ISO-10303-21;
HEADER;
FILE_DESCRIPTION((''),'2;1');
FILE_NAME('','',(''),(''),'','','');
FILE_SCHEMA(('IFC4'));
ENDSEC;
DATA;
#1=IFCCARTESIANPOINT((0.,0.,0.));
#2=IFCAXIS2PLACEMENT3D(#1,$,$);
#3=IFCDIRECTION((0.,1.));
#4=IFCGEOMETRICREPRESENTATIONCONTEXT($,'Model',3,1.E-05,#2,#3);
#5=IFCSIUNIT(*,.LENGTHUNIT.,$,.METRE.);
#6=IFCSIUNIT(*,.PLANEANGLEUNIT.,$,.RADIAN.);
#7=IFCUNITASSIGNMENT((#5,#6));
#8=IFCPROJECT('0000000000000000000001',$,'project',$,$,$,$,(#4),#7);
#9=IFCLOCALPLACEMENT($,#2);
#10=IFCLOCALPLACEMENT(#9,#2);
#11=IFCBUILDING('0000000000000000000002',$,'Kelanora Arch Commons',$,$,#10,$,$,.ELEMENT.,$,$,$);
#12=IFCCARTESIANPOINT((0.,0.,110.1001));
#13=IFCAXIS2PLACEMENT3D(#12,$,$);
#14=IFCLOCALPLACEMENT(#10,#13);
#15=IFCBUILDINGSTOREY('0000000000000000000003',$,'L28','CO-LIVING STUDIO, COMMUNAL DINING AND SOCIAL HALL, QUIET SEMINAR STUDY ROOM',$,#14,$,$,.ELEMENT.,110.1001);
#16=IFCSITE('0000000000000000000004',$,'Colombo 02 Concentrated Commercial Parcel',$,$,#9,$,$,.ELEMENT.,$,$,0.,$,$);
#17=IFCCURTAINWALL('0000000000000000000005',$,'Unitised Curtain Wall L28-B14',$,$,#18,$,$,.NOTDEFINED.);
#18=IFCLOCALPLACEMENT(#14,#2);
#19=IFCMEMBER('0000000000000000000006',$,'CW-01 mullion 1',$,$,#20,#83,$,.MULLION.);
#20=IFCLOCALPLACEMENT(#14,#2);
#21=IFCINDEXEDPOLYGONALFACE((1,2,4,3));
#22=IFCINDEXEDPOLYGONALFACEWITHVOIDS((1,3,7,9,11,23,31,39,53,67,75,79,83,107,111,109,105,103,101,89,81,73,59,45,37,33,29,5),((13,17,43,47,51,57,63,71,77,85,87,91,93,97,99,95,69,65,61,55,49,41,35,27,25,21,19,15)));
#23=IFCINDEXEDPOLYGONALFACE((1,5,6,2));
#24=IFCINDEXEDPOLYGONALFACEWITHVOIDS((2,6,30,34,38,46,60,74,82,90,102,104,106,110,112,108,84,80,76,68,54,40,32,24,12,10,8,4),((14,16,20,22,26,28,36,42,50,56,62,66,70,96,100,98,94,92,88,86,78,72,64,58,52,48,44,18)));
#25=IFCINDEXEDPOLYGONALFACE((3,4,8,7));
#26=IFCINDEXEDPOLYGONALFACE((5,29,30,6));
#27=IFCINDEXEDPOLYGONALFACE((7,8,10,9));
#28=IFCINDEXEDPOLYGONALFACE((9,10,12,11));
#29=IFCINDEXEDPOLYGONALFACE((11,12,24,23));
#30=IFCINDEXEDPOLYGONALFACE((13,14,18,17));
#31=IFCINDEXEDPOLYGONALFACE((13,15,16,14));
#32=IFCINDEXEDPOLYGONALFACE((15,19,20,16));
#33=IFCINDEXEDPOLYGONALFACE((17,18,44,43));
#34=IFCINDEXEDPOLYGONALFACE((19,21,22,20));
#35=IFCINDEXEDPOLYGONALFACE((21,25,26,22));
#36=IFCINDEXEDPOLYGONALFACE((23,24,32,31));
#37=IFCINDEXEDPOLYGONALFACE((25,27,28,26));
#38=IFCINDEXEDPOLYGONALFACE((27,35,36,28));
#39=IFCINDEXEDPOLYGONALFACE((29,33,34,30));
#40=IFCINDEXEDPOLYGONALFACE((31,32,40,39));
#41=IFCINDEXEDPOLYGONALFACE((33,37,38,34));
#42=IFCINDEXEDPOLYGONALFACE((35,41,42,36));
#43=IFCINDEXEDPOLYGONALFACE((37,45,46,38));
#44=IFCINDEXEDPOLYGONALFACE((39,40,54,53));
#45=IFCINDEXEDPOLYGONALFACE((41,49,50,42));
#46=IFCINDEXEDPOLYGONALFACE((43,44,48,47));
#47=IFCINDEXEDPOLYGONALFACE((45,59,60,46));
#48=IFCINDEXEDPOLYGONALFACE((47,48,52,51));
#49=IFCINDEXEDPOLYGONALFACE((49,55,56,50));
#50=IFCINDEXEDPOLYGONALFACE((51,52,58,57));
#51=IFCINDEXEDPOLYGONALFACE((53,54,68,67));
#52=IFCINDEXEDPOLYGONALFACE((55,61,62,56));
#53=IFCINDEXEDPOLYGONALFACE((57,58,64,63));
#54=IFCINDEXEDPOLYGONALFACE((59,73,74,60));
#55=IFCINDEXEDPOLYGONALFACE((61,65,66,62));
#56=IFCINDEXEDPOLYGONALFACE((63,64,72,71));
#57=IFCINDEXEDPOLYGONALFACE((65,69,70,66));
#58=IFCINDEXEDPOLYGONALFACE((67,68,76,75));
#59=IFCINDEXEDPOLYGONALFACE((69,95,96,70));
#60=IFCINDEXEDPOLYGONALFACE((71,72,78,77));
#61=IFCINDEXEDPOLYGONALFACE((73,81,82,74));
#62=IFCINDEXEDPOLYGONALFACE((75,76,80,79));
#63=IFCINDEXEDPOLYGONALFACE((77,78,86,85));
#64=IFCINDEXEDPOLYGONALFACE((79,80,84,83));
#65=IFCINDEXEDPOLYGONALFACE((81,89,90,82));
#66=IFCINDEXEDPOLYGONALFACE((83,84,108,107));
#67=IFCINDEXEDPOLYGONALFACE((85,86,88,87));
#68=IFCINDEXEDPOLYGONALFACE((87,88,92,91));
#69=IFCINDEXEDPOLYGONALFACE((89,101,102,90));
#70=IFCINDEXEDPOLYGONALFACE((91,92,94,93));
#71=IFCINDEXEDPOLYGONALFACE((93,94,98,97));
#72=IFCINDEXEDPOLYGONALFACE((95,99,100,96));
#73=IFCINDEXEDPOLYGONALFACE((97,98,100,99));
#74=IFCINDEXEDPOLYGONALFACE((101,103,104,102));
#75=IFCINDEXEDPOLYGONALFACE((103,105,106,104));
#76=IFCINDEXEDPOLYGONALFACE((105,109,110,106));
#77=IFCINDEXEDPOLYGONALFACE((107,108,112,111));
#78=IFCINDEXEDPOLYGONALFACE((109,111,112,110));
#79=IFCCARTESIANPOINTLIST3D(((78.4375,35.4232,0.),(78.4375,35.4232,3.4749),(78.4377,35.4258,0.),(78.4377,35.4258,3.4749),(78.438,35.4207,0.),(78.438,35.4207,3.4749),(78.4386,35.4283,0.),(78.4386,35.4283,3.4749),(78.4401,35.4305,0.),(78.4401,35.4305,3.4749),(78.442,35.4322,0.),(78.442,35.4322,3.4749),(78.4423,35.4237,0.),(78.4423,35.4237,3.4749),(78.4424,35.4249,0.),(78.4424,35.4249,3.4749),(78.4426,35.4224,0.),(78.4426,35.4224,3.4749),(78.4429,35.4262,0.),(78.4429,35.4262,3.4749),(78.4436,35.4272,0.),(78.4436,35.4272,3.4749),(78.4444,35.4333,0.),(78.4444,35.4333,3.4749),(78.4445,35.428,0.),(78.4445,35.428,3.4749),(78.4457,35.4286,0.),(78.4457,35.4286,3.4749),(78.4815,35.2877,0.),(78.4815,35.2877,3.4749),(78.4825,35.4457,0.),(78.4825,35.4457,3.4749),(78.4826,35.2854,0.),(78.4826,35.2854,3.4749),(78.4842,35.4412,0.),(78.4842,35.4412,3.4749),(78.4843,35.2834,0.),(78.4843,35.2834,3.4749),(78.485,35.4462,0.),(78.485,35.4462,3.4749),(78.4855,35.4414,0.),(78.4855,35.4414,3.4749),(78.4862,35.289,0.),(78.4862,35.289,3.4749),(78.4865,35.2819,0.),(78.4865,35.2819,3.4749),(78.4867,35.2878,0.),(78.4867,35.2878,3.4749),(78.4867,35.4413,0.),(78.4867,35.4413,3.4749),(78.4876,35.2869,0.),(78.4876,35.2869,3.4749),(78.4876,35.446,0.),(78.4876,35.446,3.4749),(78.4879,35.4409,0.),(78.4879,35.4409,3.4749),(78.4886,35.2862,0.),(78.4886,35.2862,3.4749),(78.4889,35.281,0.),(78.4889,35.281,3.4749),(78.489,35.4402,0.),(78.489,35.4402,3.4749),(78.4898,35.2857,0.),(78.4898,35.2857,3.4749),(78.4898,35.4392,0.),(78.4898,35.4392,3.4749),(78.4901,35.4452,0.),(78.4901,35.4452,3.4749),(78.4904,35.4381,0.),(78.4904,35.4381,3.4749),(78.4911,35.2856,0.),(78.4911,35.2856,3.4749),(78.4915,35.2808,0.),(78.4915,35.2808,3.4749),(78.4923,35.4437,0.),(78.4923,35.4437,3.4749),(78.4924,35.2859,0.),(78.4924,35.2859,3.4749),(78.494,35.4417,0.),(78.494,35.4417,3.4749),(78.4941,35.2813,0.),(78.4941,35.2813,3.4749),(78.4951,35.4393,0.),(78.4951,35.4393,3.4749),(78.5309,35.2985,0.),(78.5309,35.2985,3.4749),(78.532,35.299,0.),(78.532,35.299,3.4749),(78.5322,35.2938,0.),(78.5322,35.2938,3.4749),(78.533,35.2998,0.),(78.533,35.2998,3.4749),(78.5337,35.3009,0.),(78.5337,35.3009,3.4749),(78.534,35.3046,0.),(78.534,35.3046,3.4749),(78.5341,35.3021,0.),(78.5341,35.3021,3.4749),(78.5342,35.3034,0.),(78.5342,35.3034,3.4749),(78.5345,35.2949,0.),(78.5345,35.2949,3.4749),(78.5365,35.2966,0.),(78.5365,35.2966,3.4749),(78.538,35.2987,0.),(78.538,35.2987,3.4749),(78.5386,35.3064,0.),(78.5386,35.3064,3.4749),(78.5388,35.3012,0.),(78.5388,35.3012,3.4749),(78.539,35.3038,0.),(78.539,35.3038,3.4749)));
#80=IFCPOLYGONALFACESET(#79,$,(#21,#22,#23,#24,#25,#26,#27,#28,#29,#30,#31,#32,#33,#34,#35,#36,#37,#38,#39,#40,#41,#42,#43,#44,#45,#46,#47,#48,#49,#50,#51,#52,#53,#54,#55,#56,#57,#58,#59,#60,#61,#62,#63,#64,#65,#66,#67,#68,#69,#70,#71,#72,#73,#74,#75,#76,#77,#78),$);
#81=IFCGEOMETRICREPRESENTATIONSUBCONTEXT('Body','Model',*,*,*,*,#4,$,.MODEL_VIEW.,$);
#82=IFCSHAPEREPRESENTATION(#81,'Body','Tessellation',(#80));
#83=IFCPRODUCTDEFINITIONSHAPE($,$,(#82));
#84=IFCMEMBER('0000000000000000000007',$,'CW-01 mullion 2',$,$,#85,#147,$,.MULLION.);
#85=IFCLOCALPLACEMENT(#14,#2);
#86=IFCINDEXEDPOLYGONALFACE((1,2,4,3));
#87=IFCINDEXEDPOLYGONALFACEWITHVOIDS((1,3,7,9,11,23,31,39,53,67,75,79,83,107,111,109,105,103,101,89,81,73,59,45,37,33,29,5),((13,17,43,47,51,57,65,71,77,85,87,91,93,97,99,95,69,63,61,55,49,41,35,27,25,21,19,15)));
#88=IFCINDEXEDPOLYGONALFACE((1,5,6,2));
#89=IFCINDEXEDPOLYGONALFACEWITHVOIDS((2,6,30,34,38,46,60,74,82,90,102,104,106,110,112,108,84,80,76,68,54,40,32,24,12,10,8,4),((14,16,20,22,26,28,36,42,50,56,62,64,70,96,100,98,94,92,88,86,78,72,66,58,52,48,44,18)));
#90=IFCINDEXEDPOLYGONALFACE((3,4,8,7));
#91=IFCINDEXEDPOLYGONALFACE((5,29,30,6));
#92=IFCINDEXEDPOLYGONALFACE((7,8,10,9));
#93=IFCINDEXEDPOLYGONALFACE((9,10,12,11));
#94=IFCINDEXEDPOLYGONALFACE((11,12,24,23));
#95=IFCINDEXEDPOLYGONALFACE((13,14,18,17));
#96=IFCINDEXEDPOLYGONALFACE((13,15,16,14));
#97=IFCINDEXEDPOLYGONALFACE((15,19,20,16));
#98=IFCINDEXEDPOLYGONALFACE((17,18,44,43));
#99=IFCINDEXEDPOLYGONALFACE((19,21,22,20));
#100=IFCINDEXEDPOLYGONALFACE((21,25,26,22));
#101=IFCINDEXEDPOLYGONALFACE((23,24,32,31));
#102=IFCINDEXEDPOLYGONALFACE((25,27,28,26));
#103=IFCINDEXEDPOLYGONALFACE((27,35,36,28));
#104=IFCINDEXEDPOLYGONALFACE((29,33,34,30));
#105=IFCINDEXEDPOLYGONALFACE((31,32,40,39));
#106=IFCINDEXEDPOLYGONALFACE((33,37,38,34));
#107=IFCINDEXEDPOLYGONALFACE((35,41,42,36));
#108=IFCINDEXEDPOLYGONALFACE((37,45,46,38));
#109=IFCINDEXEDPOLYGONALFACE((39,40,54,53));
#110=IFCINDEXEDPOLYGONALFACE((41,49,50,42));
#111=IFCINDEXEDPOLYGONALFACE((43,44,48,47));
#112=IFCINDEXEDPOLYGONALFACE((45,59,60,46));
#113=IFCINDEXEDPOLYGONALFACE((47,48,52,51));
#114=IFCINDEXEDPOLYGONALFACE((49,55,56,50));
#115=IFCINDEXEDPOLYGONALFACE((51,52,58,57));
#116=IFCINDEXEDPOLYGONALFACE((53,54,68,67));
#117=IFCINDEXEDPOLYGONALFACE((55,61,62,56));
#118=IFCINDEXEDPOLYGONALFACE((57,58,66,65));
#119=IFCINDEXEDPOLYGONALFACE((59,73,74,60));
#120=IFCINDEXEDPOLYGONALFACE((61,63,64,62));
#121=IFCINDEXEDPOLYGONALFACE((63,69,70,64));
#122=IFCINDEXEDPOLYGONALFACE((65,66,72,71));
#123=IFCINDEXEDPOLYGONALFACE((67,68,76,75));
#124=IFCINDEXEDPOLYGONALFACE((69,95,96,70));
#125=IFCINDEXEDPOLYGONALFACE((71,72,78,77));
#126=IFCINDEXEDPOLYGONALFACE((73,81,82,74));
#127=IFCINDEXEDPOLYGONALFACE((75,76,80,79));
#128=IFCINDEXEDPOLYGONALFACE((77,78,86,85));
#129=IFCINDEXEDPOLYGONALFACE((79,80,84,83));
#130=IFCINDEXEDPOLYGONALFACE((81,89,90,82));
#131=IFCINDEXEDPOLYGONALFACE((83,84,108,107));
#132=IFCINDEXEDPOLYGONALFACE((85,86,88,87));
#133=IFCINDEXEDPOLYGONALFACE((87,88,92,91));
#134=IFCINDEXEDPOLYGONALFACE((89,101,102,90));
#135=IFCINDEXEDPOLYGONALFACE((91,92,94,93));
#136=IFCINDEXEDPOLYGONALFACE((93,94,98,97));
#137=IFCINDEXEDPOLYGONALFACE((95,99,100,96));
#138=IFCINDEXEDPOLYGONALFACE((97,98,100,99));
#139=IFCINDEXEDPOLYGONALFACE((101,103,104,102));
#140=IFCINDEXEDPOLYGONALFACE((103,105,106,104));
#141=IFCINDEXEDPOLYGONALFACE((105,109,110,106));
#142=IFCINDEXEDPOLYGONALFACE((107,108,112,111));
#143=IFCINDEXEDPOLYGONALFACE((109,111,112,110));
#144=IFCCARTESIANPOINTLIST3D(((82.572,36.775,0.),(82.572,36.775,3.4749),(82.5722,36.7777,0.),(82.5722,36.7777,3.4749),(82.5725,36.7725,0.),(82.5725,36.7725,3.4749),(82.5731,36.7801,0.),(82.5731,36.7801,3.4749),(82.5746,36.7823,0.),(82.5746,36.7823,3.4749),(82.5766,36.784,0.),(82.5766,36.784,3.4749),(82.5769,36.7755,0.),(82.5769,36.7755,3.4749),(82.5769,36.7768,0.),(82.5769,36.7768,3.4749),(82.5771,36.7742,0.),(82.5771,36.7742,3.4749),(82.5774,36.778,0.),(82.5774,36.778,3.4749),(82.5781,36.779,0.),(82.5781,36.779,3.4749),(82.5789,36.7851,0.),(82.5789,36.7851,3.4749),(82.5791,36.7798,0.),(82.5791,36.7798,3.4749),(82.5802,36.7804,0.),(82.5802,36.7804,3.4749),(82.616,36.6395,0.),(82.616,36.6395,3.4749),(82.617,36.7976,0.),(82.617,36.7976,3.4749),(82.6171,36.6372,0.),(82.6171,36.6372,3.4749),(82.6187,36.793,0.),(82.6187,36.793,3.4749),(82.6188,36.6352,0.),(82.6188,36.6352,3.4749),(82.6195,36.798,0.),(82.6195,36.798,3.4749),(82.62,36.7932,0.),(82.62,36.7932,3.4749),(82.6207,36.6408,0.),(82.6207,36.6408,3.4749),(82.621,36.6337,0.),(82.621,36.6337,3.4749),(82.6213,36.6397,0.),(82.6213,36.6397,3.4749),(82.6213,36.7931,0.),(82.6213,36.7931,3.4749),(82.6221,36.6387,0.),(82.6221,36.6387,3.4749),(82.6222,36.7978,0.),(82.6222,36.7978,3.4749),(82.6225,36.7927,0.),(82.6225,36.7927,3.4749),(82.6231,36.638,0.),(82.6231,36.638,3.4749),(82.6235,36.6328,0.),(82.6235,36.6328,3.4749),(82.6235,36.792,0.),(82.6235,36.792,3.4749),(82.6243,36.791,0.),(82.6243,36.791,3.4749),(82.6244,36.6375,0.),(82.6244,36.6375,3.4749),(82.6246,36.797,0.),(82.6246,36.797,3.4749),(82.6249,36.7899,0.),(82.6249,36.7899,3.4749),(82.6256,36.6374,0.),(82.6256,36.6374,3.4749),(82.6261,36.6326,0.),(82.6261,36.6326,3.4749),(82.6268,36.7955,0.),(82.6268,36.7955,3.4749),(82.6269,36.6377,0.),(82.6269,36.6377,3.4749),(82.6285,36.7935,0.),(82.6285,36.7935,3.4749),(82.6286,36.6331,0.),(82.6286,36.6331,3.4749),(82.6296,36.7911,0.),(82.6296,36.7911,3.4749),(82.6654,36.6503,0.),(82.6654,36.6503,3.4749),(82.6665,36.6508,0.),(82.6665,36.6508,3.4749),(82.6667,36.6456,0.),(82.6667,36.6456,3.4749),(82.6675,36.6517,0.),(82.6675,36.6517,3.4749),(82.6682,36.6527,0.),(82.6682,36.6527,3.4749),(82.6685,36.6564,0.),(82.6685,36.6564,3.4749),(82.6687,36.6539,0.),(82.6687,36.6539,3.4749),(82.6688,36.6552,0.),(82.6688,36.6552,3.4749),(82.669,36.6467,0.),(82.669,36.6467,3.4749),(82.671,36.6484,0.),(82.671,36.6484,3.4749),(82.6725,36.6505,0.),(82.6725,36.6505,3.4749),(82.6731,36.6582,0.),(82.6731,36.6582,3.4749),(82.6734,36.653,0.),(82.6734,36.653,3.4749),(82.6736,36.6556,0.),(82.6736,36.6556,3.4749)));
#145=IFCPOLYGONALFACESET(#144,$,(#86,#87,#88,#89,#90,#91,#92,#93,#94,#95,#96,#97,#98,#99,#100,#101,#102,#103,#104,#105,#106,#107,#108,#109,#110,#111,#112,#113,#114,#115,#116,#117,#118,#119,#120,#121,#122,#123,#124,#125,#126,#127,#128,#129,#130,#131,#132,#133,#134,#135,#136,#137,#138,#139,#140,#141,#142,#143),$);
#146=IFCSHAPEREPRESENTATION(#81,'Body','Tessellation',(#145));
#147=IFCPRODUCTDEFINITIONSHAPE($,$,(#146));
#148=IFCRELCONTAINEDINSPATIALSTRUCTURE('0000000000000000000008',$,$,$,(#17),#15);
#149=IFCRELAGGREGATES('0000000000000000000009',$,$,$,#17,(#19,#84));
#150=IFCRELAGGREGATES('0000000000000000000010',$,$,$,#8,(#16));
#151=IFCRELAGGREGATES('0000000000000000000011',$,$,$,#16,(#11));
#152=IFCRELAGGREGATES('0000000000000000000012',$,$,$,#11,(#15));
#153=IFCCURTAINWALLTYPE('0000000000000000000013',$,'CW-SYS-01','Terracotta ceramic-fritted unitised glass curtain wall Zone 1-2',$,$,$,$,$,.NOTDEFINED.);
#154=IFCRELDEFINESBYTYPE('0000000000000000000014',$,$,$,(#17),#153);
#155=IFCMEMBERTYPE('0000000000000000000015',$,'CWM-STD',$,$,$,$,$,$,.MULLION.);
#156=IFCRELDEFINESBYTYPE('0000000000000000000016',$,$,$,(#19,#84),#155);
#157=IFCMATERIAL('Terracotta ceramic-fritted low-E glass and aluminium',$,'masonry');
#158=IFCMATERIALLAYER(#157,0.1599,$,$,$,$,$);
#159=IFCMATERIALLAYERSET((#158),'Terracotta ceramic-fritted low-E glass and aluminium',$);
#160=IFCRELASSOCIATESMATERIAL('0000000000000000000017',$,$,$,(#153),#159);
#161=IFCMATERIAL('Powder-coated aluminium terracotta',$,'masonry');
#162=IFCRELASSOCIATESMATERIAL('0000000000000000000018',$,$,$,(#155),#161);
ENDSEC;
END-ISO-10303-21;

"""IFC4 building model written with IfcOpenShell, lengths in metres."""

from ifc_helpers import new_model, si_unit, direction, frame, origin, origin_2d, place, context, subcontext, project, spatial, hollow_rectangle, extrude, material, layer, layer_set, material_profile, profile_set, type_object, element, aggregate, save


model = new_model("IFC4")

# Units and contexts
model_context = context("Model", 3, precision=1e-05, world=origin(), true_north=direction((0.0, 1.0)))
body_context = subcontext(model_context, "Body", "Model", "MODEL_VIEW")
ifc_project = project(units=[si_unit("LENGTHUNIT", "METRE"), si_unit("PLANEANGLEUNIT", "RADIAN")], contexts=[model_context])

# Site, building, storey
site_placement = place(None, origin())
site = spatial("IfcSite", under=ifc_project, at=site_placement, Name="Colombo 02 Concentrated Commercial Parcel", CompositionType="ELEMENT", RefElevation=0.0)
building_placement = place(site_placement, origin())
building = spatial("IfcBuilding", under=site, at=building_placement, Name="Kelanora Arch Commons", CompositionType="ELEMENT")
storey_placement = place(building_placement, frame((0.0, 0.0, 110.1001)))
storey = spatial("IfcBuildingStorey", under=building, at=storey_placement, Name="L28", Description="CO-LIVING STUDIO, COMMUNAL DINING AND SOCIAL HALL, QUIET SEMINAR STUDY ROOM", CompositionType="ELEMENT", Elevation=110.1001)

# Curtain wall, members
ifc_material_1 = material(Name="Terracotta ceramic-fritted low-E glass and aluminium", Category="masonry")
ifc_layer_1 = layer(ifc_material_1, 0.1599)
ifc_layer_set_1 = layer_set([ifc_layer_1], Name="Terracotta ceramic-fritted low-E glass and aluminium")
curtain_wall_type = type_object("IfcCurtainWallType", Name="CW-SYS-01", Description="Terracotta ceramic-fritted unitised glass curtain wall Zone 1-2", PredefinedType="NOTDEFINED", material=ifc_layer_set_1)
curtain_wall_placement = place(storey_placement, origin())
curtain_wall = element("IfcCurtainWall", 1, at=curtain_wall_placement, inside=storey, type_object=curtain_wall_type, Name="Unitised Curtain Wall L28-B14", PredefinedType="NOTDEFINED")
ifc_material_2 = material(Name="Powder-coated aluminium terracotta", Category="masonry")
ifc_material_profile_1 = material_profile(ifc_material_2, hollow_rectangle(XDim=0.1599, YDim=0.0601, WallThickness=0.0049, InnerFilletRadius=0.0049, OuterFilletRadius=0.01, at=origin_2d()), Name="CWM160x60")
ifc_profile_set_1 = profile_set([ifc_material_profile_1], Name="Powder-coated aluminium terracotta")
member_type_1 = type_object("IfcMemberType", Name="CWM-STD", PredefinedType="MULLION", material=ifc_profile_set_1)
member_1_placement = place(storey_placement, frame((78.4883, 35.3635, 0.0), z_axis=(0.0, 0.0, 1.0), x_axis=(-0.310805, 0.950474, 0.0)))
member_1 = element("IfcMember", 2, at=member_1_placement, type_object=member_type_1, Name="CW-01 mullion 1", PredefinedType="MULLION", context=body_context, shape_type="SweptSolid", body=[
    extrude(hollow_rectangle(XDim=0.1599, YDim=0.0601, WallThickness=0.0049, InnerFilletRadius=0.0049, OuterFilletRadius=0.01, at=origin_2d()), origin(), (0.0, 0.0, 1.0), 3.4749),
])
member_2_placement = place(storey_placement, frame((82.6228, 36.7153, 0.0), z_axis=(0.0, 0.0, 1.0), x_axis=(-0.310805, 0.950474, 0.0)))
member_2 = element("IfcMember", 3, at=member_2_placement, type_object=member_type_1, Name="CW-01 mullion 2", PredefinedType="MULLION", context=body_context, shape_type="SweptSolid", body=[
    extrude(hollow_rectangle(XDim=0.1599, YDim=0.0601, WallThickness=0.0049, InnerFilletRadius=0.0049, OuterFilletRadius=0.01, at=origin_2d()), origin(), (0.0, 0.0, 1.0), 3.4749),
])
aggregate(curtain_wall, [member_1, member_2])

save(model, "model.ifc")
